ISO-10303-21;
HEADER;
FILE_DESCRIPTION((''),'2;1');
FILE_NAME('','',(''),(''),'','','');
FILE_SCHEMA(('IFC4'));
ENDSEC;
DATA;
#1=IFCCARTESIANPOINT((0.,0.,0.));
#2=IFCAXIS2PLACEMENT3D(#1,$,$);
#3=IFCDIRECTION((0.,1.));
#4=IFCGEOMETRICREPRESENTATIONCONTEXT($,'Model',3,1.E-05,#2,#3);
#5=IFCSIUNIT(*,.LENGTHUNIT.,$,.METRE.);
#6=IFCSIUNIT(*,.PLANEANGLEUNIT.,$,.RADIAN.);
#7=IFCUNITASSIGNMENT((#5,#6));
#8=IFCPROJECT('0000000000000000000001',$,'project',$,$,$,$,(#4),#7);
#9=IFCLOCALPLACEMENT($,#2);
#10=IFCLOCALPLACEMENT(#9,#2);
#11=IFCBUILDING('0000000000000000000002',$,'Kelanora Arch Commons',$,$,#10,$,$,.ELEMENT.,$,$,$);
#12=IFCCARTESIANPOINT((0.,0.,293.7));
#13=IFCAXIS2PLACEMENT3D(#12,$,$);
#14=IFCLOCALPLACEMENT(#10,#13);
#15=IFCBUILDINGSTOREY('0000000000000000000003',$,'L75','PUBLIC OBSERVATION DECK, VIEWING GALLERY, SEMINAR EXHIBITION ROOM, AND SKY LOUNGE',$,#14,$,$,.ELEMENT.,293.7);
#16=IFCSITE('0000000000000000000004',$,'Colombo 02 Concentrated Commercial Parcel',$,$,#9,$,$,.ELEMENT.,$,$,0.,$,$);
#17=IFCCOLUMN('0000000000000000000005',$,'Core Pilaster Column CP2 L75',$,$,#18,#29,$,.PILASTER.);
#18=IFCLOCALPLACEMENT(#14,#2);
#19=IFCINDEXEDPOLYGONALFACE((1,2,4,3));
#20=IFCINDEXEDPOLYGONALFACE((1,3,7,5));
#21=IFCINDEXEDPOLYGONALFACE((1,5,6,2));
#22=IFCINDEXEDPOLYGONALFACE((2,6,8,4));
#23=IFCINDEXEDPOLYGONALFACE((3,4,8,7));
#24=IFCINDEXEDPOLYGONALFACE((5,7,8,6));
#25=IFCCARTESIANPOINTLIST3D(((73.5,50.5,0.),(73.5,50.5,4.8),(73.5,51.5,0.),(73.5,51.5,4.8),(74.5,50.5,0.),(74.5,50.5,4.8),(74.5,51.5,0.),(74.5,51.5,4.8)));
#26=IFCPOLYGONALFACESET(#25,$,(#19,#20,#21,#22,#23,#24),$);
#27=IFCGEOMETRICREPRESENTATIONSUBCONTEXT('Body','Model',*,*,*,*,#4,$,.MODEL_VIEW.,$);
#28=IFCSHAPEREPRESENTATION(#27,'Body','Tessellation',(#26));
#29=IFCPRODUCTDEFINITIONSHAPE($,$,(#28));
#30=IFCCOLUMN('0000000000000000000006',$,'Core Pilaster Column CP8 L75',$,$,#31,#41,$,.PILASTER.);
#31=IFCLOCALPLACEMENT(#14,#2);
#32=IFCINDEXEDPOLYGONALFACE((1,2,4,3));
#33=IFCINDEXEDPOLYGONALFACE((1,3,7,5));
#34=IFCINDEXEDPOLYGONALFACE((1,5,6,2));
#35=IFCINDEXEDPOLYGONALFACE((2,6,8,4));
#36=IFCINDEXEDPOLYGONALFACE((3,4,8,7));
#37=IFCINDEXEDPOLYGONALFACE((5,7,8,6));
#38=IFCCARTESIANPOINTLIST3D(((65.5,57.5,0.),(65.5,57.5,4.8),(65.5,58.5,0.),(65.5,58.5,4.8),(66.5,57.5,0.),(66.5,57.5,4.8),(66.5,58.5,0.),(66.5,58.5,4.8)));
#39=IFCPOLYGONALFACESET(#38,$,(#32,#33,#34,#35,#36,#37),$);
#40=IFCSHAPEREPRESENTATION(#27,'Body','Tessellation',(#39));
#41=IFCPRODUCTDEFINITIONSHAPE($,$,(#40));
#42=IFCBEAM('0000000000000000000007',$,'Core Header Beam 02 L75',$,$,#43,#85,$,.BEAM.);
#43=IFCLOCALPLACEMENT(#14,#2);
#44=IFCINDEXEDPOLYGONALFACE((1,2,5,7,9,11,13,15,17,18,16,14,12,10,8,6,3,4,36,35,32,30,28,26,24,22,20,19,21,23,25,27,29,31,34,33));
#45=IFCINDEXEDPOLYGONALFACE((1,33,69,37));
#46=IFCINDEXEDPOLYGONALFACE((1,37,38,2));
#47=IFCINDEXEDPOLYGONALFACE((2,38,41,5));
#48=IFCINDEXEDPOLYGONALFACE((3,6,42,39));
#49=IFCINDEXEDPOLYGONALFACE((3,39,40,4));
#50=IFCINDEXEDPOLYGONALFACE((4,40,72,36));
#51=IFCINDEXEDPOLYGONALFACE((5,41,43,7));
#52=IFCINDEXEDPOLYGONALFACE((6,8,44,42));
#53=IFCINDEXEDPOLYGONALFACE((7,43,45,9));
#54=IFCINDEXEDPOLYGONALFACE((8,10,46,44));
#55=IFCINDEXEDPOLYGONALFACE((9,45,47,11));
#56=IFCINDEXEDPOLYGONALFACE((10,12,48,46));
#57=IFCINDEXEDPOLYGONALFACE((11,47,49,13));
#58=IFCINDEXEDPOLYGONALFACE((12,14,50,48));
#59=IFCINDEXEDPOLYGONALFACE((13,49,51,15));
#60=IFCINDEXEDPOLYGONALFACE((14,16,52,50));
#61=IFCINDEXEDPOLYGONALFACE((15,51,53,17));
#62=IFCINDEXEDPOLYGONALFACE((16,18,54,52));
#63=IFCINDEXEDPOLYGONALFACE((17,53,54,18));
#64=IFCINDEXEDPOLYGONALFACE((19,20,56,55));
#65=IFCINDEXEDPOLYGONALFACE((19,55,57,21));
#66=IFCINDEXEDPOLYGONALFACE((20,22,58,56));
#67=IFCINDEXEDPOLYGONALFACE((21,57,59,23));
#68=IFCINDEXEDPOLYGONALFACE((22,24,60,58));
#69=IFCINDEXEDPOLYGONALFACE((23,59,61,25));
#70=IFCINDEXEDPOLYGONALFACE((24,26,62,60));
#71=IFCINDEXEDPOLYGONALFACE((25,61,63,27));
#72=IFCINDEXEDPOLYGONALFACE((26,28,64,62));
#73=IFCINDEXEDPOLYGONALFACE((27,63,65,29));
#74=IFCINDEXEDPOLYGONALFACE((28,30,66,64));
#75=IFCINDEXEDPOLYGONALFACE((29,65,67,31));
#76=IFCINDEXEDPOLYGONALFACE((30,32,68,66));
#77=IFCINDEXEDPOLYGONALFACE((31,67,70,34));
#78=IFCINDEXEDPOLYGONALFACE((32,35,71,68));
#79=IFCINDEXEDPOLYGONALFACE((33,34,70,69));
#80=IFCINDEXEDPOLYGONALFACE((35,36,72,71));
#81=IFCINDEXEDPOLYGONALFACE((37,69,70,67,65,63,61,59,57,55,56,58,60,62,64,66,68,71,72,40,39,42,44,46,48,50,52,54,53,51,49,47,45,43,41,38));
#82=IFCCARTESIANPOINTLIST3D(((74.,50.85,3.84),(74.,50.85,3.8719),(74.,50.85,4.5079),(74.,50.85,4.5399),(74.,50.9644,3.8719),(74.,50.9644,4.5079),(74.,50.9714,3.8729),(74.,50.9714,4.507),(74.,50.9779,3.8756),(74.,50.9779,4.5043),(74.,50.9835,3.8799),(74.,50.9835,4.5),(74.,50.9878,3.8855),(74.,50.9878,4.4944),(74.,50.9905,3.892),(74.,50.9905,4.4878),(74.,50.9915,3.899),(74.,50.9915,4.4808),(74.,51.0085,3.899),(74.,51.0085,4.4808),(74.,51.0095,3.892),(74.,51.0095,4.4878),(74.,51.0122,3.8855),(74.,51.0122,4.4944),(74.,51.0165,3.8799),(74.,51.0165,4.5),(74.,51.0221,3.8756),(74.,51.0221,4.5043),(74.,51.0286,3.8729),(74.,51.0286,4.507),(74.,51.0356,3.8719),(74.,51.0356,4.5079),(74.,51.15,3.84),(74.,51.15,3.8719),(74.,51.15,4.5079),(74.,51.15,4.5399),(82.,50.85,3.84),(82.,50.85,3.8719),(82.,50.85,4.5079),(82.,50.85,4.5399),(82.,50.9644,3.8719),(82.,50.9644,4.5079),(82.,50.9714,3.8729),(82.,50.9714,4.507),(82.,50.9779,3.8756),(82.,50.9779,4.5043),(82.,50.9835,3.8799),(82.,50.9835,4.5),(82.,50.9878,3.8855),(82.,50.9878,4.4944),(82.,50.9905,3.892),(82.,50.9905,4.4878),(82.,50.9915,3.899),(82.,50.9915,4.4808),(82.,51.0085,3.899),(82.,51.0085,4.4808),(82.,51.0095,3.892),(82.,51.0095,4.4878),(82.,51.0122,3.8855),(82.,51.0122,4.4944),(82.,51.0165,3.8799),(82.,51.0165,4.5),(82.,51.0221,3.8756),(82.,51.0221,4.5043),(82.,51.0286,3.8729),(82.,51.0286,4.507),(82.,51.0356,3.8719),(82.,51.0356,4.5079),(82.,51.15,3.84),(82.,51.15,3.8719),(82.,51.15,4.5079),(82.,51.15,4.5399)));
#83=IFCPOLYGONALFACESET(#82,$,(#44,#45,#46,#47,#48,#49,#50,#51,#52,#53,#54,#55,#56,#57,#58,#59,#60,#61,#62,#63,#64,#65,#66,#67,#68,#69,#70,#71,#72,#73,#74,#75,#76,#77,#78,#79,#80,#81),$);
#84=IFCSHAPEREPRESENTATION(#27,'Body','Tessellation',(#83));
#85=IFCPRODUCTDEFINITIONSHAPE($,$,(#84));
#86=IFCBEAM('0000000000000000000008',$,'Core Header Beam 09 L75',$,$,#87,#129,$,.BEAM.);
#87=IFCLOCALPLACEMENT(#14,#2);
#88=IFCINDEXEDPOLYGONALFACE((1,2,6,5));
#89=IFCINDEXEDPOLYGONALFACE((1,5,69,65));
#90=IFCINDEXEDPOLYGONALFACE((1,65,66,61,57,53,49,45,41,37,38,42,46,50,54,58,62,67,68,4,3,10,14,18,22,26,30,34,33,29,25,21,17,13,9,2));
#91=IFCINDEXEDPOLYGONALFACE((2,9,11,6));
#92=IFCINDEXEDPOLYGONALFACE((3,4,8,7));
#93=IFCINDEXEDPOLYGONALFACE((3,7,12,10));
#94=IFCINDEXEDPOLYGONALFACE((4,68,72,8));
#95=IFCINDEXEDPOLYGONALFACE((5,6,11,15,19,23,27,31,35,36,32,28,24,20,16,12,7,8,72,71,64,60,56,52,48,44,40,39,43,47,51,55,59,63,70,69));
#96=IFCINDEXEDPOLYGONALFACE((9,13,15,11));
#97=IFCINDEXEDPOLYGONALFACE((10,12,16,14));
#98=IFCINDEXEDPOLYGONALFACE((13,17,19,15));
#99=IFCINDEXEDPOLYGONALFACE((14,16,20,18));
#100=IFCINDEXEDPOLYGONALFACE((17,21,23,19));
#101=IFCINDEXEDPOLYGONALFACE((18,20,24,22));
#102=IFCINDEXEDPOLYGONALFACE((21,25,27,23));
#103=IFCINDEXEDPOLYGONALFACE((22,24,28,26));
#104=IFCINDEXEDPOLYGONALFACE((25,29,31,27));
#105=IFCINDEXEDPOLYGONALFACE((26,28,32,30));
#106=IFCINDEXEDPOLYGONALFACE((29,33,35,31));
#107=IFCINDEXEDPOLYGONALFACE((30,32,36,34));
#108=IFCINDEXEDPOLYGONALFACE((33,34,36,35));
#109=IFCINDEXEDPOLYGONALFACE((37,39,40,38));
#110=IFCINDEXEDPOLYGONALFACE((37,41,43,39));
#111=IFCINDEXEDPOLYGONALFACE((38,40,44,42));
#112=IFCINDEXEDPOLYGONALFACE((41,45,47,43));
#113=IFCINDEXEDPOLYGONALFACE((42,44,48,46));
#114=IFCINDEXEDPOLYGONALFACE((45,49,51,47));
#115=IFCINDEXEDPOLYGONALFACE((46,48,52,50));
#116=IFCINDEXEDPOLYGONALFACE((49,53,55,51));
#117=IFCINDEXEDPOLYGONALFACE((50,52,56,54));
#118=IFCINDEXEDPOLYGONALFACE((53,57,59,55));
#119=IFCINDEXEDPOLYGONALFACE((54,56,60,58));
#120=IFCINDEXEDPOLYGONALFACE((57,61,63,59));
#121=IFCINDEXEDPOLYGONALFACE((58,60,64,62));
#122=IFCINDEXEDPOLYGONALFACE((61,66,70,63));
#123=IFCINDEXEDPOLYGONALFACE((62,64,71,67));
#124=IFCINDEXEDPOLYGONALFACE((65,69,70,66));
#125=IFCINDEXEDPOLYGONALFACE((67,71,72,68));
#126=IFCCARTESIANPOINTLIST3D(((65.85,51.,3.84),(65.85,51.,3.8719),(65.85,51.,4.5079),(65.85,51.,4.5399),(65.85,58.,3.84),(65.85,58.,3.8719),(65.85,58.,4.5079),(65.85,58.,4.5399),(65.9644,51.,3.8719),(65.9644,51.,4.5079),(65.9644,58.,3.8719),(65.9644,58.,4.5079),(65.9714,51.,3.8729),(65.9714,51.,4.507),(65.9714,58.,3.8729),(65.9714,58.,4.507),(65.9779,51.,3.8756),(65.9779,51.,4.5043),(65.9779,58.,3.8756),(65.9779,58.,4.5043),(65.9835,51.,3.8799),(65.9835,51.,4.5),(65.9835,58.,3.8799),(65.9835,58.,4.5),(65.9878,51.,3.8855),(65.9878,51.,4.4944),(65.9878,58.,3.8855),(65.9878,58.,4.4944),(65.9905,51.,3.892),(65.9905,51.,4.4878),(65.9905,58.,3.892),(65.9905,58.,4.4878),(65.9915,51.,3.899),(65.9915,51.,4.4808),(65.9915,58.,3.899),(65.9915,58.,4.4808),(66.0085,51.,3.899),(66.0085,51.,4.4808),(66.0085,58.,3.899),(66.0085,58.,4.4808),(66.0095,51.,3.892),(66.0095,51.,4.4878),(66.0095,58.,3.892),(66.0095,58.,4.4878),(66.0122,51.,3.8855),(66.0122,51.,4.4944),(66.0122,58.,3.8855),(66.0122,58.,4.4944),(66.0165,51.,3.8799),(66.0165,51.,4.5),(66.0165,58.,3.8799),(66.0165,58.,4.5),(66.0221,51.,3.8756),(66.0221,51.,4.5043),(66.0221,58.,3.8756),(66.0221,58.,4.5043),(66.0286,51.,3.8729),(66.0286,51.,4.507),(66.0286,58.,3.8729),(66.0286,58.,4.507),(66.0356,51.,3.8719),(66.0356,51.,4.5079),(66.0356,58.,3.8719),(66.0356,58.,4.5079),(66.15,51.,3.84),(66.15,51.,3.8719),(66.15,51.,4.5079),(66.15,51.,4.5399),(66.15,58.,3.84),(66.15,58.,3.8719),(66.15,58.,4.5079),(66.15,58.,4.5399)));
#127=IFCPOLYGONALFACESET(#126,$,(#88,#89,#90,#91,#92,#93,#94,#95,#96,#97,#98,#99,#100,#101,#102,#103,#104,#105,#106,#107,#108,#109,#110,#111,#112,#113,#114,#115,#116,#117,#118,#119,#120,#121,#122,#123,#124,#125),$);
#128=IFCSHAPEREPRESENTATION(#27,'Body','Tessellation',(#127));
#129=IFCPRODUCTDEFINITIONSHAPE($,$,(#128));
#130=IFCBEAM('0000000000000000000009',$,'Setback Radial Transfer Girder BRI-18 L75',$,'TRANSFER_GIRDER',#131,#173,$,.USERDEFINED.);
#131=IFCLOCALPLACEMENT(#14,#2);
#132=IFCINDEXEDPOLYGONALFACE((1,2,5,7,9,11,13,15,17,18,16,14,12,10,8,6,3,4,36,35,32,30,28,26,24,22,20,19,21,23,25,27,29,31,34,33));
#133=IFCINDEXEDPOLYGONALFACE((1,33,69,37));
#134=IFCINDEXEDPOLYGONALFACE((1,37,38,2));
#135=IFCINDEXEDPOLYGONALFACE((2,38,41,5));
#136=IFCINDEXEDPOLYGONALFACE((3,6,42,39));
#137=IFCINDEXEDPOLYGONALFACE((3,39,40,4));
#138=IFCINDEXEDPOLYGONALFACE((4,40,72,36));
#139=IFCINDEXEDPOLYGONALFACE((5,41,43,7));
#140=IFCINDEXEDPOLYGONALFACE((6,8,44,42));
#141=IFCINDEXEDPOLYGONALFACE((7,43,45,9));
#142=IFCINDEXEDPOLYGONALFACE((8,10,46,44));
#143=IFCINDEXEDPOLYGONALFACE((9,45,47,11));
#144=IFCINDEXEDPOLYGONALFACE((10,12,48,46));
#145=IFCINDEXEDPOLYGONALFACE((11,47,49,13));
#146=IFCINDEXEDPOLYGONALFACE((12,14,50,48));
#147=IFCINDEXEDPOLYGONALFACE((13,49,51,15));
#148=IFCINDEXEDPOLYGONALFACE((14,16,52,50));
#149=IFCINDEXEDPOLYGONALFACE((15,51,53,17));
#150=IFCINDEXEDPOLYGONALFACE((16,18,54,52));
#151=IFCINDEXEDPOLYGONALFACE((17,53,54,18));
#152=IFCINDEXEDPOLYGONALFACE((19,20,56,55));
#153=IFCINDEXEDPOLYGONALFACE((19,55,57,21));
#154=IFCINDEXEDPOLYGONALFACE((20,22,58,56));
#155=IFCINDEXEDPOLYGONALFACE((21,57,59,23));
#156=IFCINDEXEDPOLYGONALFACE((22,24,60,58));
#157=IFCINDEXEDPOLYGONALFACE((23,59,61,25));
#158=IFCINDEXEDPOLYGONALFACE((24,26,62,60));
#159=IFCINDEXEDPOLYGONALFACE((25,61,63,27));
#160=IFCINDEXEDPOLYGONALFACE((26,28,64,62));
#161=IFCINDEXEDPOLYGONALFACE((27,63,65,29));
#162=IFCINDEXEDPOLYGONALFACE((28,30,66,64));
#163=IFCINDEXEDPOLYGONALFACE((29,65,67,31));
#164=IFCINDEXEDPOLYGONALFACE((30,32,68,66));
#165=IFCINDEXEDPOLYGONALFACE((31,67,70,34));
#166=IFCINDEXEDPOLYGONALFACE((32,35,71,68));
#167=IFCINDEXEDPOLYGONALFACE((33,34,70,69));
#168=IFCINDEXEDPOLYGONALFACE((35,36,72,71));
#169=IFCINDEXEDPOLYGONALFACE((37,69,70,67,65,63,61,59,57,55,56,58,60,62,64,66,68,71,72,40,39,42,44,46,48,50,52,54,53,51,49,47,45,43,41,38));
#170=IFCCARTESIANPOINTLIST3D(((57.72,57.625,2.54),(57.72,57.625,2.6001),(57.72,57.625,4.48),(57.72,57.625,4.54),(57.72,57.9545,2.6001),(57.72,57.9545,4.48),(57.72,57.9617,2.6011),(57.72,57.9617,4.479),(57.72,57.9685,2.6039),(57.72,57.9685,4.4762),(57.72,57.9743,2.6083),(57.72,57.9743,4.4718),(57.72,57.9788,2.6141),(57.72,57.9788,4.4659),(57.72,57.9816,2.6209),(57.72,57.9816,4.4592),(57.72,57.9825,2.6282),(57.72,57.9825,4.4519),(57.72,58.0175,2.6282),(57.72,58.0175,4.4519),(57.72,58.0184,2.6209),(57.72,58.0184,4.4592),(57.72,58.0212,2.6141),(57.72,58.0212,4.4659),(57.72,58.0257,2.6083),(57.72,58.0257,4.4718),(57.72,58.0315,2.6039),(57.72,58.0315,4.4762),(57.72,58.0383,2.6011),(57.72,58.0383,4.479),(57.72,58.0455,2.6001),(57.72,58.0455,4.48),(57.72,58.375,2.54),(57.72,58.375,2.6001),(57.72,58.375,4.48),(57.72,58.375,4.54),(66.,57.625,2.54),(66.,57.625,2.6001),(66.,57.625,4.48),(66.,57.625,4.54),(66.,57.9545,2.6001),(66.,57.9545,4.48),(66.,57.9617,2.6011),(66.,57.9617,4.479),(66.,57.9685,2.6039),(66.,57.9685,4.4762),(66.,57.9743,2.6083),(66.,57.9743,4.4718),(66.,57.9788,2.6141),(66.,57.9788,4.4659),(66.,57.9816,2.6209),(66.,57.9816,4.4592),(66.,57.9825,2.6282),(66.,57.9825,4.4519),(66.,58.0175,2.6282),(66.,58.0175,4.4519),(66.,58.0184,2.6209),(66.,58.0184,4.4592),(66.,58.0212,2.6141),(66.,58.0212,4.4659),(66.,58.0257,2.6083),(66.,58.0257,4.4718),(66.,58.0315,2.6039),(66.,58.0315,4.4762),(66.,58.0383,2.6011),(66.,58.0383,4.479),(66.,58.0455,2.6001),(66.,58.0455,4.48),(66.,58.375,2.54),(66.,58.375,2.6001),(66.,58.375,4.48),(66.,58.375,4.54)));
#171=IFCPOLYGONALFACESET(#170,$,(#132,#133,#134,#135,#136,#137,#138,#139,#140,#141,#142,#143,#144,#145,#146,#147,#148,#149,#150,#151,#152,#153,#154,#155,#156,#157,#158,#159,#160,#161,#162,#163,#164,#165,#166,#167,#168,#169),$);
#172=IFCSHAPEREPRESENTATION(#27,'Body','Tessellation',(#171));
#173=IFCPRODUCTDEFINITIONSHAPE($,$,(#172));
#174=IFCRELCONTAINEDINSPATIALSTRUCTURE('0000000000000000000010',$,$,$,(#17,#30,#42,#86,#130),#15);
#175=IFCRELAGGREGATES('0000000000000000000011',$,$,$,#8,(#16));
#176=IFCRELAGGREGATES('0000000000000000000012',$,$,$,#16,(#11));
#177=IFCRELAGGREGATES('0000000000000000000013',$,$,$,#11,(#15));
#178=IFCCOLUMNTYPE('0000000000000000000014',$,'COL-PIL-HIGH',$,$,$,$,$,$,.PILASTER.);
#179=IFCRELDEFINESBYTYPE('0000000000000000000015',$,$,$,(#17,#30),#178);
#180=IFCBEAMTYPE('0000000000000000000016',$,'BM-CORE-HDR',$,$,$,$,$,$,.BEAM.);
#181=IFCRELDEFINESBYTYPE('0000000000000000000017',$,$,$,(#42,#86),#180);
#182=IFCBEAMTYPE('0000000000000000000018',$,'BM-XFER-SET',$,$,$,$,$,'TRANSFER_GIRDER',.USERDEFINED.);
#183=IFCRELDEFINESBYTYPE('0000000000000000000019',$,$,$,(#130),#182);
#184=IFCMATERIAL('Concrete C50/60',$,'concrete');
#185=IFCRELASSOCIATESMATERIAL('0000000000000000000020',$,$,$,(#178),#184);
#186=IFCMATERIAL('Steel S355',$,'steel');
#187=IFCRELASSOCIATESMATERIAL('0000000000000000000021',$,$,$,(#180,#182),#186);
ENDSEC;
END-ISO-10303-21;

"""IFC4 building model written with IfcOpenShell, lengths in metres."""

from ifc_helpers import new_model, si_unit, direction, frame, origin, origin_2d, place, context, subcontext, project, spatial, rectangle, i_section, extrude, material, material_profile, profile_set, type_object, element, save


model = new_model("IFC4")

# Units and contexts
model_context = context("Model", 3, precision=1e-05, world=origin(), true_north=direction((0.0, 1.0)))
body_context = subcontext(model_context, "Body", "Model", "MODEL_VIEW")
ifc_project = project(units=[si_unit("LENGTHUNIT", "METRE"), si_unit("PLANEANGLEUNIT", "RADIAN")], contexts=[model_context])

# Site, building, storey
site_placement = place(None, origin())
site = spatial("IfcSite", under=ifc_project, at=site_placement, Name="Colombo 02 Concentrated Commercial Parcel", CompositionType="ELEMENT", RefElevation=0.0)
building_placement = place(site_placement, origin())
building = spatial("IfcBuilding", under=site, at=building_placement, Name="Kelanora Arch Commons", CompositionType="ELEMENT")
storey_placement = place(building_placement, frame((0.0, 0.0, 293.7)))
storey = spatial("IfcBuildingStorey", under=building, at=storey_placement, Name="L75", Description="PUBLIC OBSERVATION DECK, VIEWING GALLERY, SEMINAR EXHIBITION ROOM, AND SKY LOUNGE", CompositionType="ELEMENT", Elevation=293.7)

# Columns
ifc_material_1 = material(Name="Concrete C50/60", Category="concrete")
ifc_material_profile_1 = material_profile(ifc_material_1, rectangle(XDim=1.0, YDim=1.0, at=origin_2d()), Name="RC1000x1000")
ifc_profile_set_1 = profile_set([ifc_material_profile_1], Name="Concrete C50/60")
column_type = type_object("IfcColumnType", Name="COL-PIL-HIGH", PredefinedType="PILASTER", material=ifc_profile_set_1)
for number, where, z_axis, x_axis, name in (
    (1, (74.0, 51.0, 0.0), (0.0, 0.0, 1.0), (1.0, 0.0, 0.0), "Core Pilaster Column CP2 L75"),
    (2, (66.0, 58.0, 0.0), (0.0, 0.0, 1.0), (1.0, 0.0, 0.0), "Core Pilaster Column CP8 L75"),
):
    element("IfcColumn", number, at=place(storey_placement, frame(where, z_axis=z_axis, x_axis=x_axis)), inside=storey, type_object=column_type, Name=name, PredefinedType="PILASTER", context=body_context, shape_type="SweptSolid", body=[
        extrude(rectangle(XDim=1.0, YDim=1.0, at=origin_2d()), origin(), (0.0, 0.0, 1.0), 4.8),
    ])

# Beams
ifc_material_2 = material(Name="Steel S355", Category="steel")
ifc_material_profile_2 = material_profile(ifc_material_2, i_section(OverallWidth=0.3, OverallDepth=0.7, WebThickness=0.0171, FlangeThickness=0.032, FilletRadius=0.0271, at=origin_2d()), Name="HEB700")
ifc_profile_set_2 = profile_set([ifc_material_profile_2], Name="Steel S355")
beam_type_1 = type_object("IfcBeamType", Name="BM-CORE-HDR", PredefinedType="BEAM", material=ifc_profile_set_2)
beam_1_placement = place(storey_placement, frame((74.0, 51.0, 4.1899), z_axis=(1.0, 0.0, 0.0), x_axis=(0.0, 1.0, 0.0)))
element("IfcBeam", 3, at=beam_1_placement, inside=storey, type_object=beam_type_1, Name="Core Header Beam 02 L75", PredefinedType="BEAM", context=body_context, shape_type="SweptSolid", body=[
    extrude(i_section(OverallWidth=0.3, OverallDepth=0.7, WebThickness=0.0171, FlangeThickness=0.032, FilletRadius=0.0271, at=origin_2d()), origin(), (0.0, 0.0, 1.0), 8.0),
])
beam_2_placement = place(storey_placement, frame((66.0, 58.0, 4.1899), z_axis=(0.0, -1.0, 0.0), x_axis=(1.0, 0.0, 0.0)))
element("IfcBeam", 4, at=beam_2_placement, inside=storey, type_object=beam_type_1, Name="Core Header Beam 09 L75", PredefinedType="BEAM", context=body_context, shape_type="SweptSolid", body=[
    extrude(i_section(OverallWidth=0.3, OverallDepth=0.7, WebThickness=0.0171, FlangeThickness=0.032, FilletRadius=0.0271, at=origin_2d()), origin(), (0.0, 0.0, 1.0), 7.0),
])
ifc_material_profile_3 = material_profile(ifc_material_2, i_section(OverallWidth=0.75, OverallDepth=2.0, WebThickness=0.0349, FlangeThickness=0.0601, FilletRadius=0.0281, at=origin_2d()), Name="PG2000x750")
ifc_profile_set_3 = profile_set([ifc_material_profile_3], Name="Steel S355")
beam_type_2 = type_object("IfcBeamType", Name="BM-XFER-SET", ElementType="TRANSFER_GIRDER", PredefinedType="USERDEFINED", material=ifc_profile_set_3)
beam_3_placement = place(storey_placement, frame((66.0, 58.0, 3.54), z_axis=(-1.0, 0.0, 0.0), x_axis=(0.0, -1.0, 0.0)))
element("IfcBeam", 5, at=beam_3_placement, inside=storey, type_object=beam_type_2, Name="Setback Radial Transfer Girder BRI-18 L75", ObjectType="TRANSFER_GIRDER", PredefinedType="USERDEFINED", context=body_context, shape_type="SweptSolid", body=[
    extrude(i_section(OverallWidth=0.75, OverallDepth=2.0, WebThickness=0.0349, FlangeThickness=0.0601, FilletRadius=0.0281, at=origin_2d()), origin(), (0.0, 0.0, 1.0), 8.28),
])

save(model, "model.ifc")
